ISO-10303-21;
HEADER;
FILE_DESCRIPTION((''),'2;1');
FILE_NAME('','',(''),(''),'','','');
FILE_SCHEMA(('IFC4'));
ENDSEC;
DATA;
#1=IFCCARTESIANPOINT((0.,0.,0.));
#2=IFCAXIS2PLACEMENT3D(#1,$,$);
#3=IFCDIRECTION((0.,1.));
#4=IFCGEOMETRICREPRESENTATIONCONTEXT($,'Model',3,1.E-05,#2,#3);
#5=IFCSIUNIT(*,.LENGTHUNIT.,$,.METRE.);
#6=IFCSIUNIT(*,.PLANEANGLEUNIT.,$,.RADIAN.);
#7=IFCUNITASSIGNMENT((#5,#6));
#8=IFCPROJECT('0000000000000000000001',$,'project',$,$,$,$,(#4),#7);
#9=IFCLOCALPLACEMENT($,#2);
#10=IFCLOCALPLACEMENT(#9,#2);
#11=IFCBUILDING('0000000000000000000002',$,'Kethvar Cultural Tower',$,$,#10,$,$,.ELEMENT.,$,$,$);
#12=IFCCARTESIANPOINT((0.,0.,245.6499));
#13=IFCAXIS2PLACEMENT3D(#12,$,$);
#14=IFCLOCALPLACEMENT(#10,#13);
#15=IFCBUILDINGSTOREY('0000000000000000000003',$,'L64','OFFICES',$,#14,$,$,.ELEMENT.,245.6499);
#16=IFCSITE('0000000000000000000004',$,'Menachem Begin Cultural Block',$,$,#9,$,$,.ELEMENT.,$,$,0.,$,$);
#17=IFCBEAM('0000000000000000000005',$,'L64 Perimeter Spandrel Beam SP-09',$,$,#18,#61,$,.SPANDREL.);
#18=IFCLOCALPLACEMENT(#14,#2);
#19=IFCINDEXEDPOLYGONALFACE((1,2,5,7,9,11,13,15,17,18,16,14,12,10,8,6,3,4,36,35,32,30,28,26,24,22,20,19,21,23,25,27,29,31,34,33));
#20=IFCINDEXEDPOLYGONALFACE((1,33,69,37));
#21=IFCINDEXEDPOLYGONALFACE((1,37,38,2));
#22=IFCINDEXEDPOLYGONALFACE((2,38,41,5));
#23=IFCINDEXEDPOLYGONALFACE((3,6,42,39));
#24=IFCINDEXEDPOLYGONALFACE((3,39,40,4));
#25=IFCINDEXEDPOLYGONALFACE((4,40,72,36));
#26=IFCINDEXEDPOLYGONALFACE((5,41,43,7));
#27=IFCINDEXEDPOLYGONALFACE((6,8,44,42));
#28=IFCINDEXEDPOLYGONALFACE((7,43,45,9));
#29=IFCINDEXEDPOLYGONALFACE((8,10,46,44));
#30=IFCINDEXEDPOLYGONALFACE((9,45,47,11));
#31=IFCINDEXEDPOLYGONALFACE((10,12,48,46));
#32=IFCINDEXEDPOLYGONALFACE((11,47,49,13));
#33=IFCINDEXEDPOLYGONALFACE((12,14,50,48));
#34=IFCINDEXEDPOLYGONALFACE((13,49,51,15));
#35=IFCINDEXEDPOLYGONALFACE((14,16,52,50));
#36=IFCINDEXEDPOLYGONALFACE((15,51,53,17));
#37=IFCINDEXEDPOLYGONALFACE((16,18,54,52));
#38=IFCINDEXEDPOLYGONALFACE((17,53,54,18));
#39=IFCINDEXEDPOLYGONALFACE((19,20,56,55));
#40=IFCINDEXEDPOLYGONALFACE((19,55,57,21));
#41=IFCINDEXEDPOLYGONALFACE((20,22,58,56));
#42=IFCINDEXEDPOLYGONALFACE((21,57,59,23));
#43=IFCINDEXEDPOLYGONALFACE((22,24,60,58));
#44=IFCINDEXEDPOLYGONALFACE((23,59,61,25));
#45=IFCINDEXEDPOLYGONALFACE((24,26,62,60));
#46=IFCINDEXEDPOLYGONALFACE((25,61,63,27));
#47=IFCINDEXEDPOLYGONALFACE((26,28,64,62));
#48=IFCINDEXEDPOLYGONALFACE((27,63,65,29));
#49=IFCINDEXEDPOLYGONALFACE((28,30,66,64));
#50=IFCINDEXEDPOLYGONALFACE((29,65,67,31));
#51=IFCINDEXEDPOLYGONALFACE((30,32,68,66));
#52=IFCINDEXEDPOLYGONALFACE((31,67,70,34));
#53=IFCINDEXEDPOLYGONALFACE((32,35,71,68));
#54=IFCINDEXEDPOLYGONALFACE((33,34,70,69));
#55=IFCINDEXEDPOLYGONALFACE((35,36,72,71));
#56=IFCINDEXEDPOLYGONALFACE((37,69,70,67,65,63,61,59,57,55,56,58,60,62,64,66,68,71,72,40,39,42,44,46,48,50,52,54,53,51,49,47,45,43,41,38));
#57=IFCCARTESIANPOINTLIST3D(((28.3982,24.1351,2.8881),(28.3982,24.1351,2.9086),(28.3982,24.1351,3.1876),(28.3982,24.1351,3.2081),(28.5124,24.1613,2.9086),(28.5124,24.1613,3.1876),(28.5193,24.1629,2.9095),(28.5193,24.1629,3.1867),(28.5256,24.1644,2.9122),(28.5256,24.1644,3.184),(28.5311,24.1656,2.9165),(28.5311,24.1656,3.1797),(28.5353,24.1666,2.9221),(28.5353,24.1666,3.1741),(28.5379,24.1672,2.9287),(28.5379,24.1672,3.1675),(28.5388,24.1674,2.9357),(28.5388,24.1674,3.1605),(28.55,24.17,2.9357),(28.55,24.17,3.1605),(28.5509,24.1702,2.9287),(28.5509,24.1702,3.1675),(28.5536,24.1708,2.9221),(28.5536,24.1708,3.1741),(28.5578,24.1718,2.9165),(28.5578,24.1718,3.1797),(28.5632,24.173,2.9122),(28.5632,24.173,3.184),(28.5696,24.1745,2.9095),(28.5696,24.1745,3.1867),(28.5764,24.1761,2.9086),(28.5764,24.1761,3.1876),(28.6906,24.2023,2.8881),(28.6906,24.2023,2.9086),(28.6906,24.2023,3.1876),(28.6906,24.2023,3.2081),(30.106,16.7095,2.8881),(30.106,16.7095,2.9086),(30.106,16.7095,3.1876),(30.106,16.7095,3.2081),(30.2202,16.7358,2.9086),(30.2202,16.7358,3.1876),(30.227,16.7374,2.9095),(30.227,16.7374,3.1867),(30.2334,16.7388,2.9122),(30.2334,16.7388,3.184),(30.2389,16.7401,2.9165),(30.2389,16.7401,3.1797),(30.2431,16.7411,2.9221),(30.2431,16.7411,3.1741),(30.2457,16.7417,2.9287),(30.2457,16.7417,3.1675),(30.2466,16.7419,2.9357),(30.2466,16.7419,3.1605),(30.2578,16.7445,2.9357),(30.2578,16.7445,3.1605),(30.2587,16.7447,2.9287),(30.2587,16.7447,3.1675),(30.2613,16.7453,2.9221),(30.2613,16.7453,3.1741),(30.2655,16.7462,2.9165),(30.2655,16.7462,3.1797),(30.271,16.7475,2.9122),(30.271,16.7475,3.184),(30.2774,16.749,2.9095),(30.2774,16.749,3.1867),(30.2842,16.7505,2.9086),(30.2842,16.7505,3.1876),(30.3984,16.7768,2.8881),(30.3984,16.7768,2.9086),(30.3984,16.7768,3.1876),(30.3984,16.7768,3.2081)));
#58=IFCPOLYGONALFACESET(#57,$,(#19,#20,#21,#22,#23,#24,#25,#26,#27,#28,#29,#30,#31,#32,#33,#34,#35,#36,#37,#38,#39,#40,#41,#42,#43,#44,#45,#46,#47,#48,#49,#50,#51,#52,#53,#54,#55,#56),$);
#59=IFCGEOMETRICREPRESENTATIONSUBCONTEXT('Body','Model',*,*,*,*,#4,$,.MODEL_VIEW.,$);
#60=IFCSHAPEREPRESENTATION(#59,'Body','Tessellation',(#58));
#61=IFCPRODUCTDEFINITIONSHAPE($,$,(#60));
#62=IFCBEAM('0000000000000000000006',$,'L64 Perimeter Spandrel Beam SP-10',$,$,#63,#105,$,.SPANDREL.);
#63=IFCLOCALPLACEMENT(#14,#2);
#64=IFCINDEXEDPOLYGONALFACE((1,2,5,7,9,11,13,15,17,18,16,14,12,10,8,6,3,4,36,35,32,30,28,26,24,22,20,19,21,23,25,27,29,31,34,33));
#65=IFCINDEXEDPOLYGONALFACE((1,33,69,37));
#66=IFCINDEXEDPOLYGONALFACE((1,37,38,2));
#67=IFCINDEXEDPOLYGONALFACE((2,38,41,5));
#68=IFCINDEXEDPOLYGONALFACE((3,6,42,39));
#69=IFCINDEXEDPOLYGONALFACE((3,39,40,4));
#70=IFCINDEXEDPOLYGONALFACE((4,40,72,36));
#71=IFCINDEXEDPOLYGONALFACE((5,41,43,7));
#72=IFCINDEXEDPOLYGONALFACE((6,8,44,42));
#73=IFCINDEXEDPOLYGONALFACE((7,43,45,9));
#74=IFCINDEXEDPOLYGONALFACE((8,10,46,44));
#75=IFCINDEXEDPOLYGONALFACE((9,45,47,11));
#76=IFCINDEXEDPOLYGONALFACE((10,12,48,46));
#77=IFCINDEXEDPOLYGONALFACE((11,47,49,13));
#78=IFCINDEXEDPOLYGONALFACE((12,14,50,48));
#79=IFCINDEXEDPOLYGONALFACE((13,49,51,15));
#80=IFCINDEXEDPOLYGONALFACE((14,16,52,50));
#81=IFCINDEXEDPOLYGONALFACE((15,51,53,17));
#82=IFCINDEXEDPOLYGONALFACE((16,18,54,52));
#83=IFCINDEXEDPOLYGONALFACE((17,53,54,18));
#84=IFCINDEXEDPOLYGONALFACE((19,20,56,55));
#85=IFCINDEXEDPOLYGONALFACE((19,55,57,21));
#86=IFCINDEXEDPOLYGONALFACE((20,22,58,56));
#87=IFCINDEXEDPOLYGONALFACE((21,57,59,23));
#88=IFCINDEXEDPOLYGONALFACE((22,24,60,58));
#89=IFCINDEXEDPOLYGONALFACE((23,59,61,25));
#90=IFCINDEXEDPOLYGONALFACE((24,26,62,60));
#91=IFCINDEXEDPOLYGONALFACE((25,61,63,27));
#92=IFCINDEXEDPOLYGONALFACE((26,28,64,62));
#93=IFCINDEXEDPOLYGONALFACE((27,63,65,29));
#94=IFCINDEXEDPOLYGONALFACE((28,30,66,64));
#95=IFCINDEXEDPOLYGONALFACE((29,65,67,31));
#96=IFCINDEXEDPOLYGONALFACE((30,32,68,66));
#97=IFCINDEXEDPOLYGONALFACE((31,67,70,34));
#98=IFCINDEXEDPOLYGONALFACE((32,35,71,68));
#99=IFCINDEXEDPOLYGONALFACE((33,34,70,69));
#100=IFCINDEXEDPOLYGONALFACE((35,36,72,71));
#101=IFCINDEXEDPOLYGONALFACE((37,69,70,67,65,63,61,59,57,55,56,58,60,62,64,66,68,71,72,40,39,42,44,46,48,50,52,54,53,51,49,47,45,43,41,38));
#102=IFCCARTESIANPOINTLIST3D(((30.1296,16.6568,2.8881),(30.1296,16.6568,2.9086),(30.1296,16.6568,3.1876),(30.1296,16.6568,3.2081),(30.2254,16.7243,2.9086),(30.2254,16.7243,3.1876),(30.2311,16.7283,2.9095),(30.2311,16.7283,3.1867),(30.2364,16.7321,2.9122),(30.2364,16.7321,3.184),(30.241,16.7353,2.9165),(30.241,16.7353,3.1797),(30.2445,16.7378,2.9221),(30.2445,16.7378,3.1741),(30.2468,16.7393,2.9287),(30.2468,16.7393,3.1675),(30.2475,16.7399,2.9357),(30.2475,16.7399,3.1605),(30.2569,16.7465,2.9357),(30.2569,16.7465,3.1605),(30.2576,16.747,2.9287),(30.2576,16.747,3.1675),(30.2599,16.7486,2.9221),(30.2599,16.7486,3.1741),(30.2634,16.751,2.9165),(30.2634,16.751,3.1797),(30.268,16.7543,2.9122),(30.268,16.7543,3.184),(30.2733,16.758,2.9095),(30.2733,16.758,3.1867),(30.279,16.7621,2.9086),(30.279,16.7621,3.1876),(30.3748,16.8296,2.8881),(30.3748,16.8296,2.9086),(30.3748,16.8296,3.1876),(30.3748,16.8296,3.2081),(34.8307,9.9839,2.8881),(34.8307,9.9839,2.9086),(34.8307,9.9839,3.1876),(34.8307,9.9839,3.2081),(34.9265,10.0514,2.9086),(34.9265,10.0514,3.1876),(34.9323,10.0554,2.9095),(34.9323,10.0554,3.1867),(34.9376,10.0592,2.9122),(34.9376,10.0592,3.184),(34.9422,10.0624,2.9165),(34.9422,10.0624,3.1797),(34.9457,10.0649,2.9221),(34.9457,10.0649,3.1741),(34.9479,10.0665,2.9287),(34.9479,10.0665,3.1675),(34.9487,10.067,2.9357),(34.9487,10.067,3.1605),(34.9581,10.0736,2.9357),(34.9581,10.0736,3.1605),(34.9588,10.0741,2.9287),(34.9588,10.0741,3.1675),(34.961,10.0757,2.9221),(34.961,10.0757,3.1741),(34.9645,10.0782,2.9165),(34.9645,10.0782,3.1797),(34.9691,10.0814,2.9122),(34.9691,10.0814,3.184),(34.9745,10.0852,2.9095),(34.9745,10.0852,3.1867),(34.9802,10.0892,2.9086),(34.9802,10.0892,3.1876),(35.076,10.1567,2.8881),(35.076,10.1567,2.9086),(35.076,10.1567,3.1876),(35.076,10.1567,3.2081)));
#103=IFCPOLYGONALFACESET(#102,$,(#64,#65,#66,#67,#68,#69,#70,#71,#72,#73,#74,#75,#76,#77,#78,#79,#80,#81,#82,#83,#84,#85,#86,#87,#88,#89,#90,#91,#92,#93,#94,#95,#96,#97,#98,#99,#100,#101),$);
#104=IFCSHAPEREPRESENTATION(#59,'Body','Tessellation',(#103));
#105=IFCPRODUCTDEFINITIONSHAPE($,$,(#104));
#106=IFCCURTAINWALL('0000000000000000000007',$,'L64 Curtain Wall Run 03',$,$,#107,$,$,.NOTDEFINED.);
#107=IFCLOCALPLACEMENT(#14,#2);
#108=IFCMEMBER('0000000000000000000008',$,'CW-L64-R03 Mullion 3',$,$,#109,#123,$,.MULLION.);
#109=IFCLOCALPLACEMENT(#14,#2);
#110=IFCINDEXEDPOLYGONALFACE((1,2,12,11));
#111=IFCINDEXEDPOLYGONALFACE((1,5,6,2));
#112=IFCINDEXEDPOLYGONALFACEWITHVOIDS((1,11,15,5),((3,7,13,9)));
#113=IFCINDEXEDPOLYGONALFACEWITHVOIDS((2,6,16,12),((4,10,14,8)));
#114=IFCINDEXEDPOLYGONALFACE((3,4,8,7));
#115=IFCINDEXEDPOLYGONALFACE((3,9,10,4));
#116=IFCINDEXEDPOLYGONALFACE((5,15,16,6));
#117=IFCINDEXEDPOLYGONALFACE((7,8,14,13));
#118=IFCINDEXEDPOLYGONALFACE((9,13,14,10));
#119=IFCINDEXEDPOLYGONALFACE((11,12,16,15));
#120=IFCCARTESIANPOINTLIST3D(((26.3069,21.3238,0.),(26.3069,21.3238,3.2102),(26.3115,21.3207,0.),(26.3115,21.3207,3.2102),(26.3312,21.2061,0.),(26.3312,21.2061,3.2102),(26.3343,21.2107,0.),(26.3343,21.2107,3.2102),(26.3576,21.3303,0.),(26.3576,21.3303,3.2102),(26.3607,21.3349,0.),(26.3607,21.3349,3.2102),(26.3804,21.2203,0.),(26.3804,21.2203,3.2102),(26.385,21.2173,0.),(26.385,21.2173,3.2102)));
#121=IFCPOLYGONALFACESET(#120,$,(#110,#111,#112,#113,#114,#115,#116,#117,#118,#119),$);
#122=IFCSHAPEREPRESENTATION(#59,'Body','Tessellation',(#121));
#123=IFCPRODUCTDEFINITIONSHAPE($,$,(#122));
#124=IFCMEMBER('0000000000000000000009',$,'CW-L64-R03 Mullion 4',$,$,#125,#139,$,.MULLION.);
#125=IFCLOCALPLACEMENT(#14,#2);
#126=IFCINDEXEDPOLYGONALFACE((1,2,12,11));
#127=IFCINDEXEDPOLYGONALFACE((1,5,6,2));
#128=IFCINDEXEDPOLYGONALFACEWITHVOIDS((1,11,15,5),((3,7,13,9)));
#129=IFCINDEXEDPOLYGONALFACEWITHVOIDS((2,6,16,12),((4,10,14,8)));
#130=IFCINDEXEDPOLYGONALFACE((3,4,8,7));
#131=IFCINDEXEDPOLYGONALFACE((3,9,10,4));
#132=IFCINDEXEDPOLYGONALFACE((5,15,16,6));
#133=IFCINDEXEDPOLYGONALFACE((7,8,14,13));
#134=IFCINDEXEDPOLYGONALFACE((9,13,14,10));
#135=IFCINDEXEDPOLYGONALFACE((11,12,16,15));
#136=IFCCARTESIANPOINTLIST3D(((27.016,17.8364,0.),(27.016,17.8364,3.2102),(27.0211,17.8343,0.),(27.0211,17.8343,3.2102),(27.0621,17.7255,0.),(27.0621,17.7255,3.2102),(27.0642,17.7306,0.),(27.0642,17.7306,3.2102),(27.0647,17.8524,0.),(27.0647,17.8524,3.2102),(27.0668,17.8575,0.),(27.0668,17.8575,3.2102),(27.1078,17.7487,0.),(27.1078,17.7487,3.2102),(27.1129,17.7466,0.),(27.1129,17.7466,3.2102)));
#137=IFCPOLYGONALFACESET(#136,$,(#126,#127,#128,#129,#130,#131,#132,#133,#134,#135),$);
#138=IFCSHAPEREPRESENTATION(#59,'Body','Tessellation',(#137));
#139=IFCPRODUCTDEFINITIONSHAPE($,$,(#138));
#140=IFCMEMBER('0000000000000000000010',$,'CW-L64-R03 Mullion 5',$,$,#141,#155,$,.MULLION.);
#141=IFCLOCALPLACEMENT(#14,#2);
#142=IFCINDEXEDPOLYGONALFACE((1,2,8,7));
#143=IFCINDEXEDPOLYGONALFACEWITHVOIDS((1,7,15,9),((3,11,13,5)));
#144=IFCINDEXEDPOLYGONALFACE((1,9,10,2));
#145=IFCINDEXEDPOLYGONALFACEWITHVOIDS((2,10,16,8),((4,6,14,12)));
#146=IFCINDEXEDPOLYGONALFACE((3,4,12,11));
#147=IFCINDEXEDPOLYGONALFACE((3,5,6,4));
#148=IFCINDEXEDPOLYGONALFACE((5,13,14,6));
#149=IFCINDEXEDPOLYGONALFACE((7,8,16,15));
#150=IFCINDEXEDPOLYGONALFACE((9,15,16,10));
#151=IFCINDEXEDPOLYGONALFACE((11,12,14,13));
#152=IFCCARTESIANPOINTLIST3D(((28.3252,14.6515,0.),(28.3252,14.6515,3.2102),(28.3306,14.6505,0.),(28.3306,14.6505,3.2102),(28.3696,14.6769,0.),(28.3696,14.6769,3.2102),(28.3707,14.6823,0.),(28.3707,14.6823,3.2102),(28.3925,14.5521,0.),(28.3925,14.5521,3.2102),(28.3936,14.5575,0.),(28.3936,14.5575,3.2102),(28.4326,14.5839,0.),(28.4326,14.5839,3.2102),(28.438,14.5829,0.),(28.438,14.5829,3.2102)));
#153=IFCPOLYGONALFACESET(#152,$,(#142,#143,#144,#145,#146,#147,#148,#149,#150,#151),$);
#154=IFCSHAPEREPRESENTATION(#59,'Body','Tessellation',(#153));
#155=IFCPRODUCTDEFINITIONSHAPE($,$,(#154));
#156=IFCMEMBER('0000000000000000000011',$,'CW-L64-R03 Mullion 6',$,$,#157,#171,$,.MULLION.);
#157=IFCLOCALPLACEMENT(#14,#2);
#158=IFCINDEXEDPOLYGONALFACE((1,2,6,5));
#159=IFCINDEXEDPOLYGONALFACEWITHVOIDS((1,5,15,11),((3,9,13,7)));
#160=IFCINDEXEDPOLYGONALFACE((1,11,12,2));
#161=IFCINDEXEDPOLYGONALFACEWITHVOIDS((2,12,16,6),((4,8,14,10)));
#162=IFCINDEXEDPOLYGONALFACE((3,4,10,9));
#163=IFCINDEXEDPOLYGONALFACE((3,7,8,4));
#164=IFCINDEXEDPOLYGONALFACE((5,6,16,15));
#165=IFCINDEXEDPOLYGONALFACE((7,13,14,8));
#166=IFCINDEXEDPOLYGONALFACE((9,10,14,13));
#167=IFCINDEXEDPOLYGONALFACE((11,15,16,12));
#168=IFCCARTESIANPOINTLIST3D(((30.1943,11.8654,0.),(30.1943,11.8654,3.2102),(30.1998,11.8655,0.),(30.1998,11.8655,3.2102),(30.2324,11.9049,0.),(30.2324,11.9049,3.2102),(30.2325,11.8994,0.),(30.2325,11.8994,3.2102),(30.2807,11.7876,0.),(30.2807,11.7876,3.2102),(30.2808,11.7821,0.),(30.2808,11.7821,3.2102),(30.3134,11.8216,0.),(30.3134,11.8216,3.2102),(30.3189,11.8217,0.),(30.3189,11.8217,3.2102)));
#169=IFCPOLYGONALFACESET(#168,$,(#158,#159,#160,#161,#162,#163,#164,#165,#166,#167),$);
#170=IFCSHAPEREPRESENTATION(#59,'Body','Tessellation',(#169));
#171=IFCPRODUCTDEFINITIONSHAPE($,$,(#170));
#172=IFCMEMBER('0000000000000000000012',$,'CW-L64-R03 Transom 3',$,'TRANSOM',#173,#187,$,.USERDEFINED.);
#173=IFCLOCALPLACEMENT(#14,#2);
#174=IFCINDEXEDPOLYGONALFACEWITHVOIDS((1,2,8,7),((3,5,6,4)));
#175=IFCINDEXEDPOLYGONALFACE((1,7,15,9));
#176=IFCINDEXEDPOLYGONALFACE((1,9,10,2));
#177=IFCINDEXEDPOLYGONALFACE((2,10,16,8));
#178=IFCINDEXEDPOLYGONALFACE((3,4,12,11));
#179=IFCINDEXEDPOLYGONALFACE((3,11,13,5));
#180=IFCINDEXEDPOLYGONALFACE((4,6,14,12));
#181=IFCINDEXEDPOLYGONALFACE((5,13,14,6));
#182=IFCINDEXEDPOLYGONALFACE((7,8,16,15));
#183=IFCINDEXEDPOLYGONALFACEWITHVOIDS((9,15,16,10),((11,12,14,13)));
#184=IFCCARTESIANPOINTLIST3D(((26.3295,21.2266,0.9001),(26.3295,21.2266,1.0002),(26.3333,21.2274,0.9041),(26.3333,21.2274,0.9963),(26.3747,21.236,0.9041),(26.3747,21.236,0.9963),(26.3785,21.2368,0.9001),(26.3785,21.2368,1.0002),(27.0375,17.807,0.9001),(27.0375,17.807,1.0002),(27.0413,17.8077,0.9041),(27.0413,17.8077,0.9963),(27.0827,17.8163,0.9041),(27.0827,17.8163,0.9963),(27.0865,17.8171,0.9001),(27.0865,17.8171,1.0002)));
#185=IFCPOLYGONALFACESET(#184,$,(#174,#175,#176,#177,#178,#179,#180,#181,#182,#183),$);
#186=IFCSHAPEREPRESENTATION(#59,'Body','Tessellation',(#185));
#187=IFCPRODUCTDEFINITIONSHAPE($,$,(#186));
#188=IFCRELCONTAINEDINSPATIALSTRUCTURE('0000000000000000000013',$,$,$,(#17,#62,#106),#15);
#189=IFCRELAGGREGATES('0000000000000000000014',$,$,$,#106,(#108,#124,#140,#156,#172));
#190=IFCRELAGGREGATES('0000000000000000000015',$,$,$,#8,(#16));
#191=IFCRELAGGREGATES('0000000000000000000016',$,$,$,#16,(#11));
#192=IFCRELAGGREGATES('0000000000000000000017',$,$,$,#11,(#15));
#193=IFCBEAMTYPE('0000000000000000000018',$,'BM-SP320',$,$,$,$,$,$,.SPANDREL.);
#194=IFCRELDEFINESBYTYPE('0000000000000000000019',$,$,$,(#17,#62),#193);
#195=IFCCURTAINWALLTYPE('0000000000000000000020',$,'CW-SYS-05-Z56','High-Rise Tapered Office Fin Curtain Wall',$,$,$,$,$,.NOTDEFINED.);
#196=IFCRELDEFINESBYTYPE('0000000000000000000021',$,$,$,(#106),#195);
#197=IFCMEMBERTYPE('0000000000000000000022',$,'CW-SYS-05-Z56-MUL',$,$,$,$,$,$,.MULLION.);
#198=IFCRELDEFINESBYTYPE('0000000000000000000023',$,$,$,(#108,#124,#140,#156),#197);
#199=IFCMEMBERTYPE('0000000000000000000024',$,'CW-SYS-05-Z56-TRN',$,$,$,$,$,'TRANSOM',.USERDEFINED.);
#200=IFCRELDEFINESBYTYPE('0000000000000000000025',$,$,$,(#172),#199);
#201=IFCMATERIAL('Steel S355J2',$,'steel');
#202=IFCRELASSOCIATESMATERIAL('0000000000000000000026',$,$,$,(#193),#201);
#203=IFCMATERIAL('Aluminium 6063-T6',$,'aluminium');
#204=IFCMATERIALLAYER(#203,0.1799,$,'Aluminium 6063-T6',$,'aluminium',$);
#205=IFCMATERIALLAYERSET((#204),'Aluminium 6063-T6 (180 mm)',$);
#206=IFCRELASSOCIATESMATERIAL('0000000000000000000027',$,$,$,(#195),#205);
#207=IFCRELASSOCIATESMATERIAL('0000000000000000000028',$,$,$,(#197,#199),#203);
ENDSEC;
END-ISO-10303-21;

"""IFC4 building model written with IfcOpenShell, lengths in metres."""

from ifc_helpers import new_model, si_unit, direction, frame, origin, origin_2d, place, context, subcontext, project, spatial, hollow_rectangle, i_section, extrude, source, transform, mapped, material, layer, layer_set, material_profile, profile_set, type_object, element, aggregate, save


model = new_model("IFC4")

# Units and contexts
model_context = context("Model", 3, precision=1e-05, world=origin(), true_north=direction((0.0, 1.0)))
body_context = subcontext(model_context, "Body", "Model", "MODEL_VIEW")
ifc_project = project(units=[si_unit("LENGTHUNIT", "METRE"), si_unit("PLANEANGLEUNIT", "RADIAN")], contexts=[model_context])

# Site, building, storey
site_placement = place(None, origin())
site = spatial("IfcSite", under=ifc_project, at=site_placement, Name="Menachem Begin Cultural Block", CompositionType="ELEMENT", RefElevation=0.0)
building_placement = place(site_placement, origin())
building = spatial("IfcBuilding", under=site, at=building_placement, Name="Kethvar Cultural Tower", CompositionType="ELEMENT")
storey_placement = place(building_placement, frame((0.0, 0.0, 245.6499)))
storey = spatial("IfcBuildingStorey", under=building, at=storey_placement, Name="L64", Description="OFFICES", CompositionType="ELEMENT", Elevation=245.6499)

# Beams
ifc_material_1 = material(Name="Steel S355J2", Category="steel")
ifc_material_profile_1 = material_profile(ifc_material_1, i_section(OverallWidth=0.3, OverallDepth=0.3201, WebThickness=0.0115, FlangeThickness=0.0205, FilletRadius=0.0271, at=origin_2d()), Name="Steel S355J2 — HEB320")
ifc_profile_set_1 = profile_set([ifc_material_profile_1], Name="Steel S355J2 — HEB320")
beam_type = type_object("IfcBeamType", Name="BM-SP320", PredefinedType="SPANDREL", material=ifc_profile_set_1)
shared_shape_1 = source(origin(), body_context, "Body", "SweptSolid", [
    extrude(i_section(OverallWidth=0.3, OverallDepth=0.3201, WebThickness=0.0115, FlangeThickness=0.0205, FilletRadius=0.0271, at=origin_2d()), origin(), (0.0, 0.0, 1.0), 7.6194),
])
beam_1_placement = place(storey_placement, frame((28.5444, 24.1687, 3.0481), z_axis=(0.224134, -0.974558, 0.0), x_axis=(0.974558, 0.224134, 0.0)))
element("IfcBeam", 1, at=beam_1_placement, inside=storey, type_object=beam_type, Name="L64 Perimeter Spandrel Beam SP-09", PredefinedType="SPANDREL", context=body_context, shape_type="MappedRepresentation", body=[
    mapped(shared_shape_1, transform((0.0, 0.0, 0.0), scale=1.0)),
])
shared_shape_2 = source(origin(), body_context, "Body", "SweptSolid", [
    extrude(i_section(OverallWidth=0.3, OverallDepth=0.3201, WebThickness=0.0115, FlangeThickness=0.0205, FilletRadius=0.0271, at=origin_2d()), origin(), (0.0, 0.0, 1.0), 8.1626),
])
beam_2_placement = place(storey_placement, frame((30.2522, 16.7432, 3.0481), z_axis=(0.575941, -0.817491, 0.0), x_axis=(0.817491, 0.575941, 0.0)))
element("IfcBeam", 2, at=beam_2_placement, inside=storey, type_object=beam_type, Name="L64 Perimeter Spandrel Beam SP-10", PredefinedType="SPANDREL", context=body_context, shape_type="MappedRepresentation", body=[
    mapped(shared_shape_2, transform((0.0, 0.0, 0.0), scale=1.0)),
])

# Curtain wall, members
ifc_material_2 = material(Name="Aluminium 6063-T6", Category="aluminium")
ifc_layer_1 = layer(ifc_material_2, 0.1799, Name="Aluminium 6063-T6", Category="aluminium")
ifc_layer_set_1 = layer_set([ifc_layer_1], Name="Aluminium 6063-T6 (180 mm)")
curtain_wall_type = type_object("IfcCurtainWallType", Name="CW-SYS-05-Z56", Description="High-Rise Tapered Office Fin Curtain Wall", PredefinedType="NOTDEFINED", material=ifc_layer_set_1)
curtain_wall_placement = place(storey_placement, origin())
curtain_wall = element("IfcCurtainWall", 3, at=curtain_wall_placement, inside=storey, type_object=curtain_wall_type, Name="L64 Curtain Wall Run 03", PredefinedType="NOTDEFINED")
ifc_material_profile_2 = material_profile(ifc_material_2, hollow_rectangle(XDim=0.0549, YDim=0.1201, WallThickness=0.0039, at=origin_2d()), Name="Aluminium 6063-T6 — RHS120x55x4")
ifc_profile_set_2 = profile_set([ifc_material_profile_2], Name="Aluminium 6063-T6 — RHS120x55x4")
member_type_1 = type_object("IfcMemberType", Name="CW-SYS-05-Z56-MUL", PredefinedType="MULLION", material=ifc_profile_set_2)
shared_shape_3 = source(origin(), body_context, "Body", "SweptSolid", [
    extrude(hollow_rectangle(XDim=0.0549, YDim=0.1201, WallThickness=0.0039, at=origin_2d()), origin(), (0.0, 0.0, 1.0), 3.2102),
])
member_1_placement = place(storey_placement, frame((26.3459, 21.2705, 0.0), z_axis=(0.0, 0.0, 1.0), x_axis=(0.97923, 0.202753, 0.0)))
member_1 = element("IfcMember", 4, at=member_1_placement, type_object=member_type_1, Name="CW-L64-R03 Mullion 3", PredefinedType="MULLION", context=body_context, shape_type="MappedRepresentation", body=[
    mapped(shared_shape_3, transform((0.0, 0.0, 0.0), scale=1.0)),
])
member_2_placement = place(storey_placement, frame((27.0645, 17.7915, 0.0), z_axis=(0.0, 0.0, 1.0), x_axis=(0.923425, 0.38378, 0.0)))
member_2 = element("IfcMember", 5, at=member_2_placement, type_object=member_type_1, Name="CW-L64-R03 Mullion 4", PredefinedType="MULLION", context=body_context, shape_type="MappedRepresentation", body=[
    mapped(shared_shape_3, transform((0.0, 0.0, 0.0), scale=1.0)),
])
member_3_placement = place(storey_placement, frame((28.3816, 14.6172, 0.0), z_axis=(0.0, 0.0, 1.0), x_axis=(0.82807, 0.560625, 0.0)))
member_3 = element("IfcMember", 6, at=member_3_placement, type_object=member_type_1, Name="CW-L64-R03 Mullion 5", PredefinedType="MULLION", context=body_context, shape_type="MappedRepresentation", body=[
    mapped(shared_shape_3, transform((0.0, 0.0, 0.0), scale=1.0)),
])
member_4_placement = place(storey_placement, frame((30.2566, 11.8435, 0.0), z_axis=(0.0, 0.0, 1.0), x_axis=(0.693289, 0.72066, 0.0)))
member_4 = element("IfcMember", 7, at=member_4_placement, type_object=member_type_1, Name="CW-L64-R03 Mullion 6", PredefinedType="MULLION", context=body_context, shape_type="MappedRepresentation", body=[
    mapped(shared_shape_3, transform((0.0, 0.0, 0.0), scale=1.0)),
])
ifc_material_profile_3 = material_profile(ifc_material_2, hollow_rectangle(XDim=0.05, YDim=0.1001, WallThickness=0.0039, at=origin_2d()), Name="Aluminium 6063-T6 — RHS100x50x4")
ifc_profile_set_3 = profile_set([ifc_material_profile_3], Name="Aluminium 6063-T6 — RHS100x50x4")
member_type_2 = type_object("IfcMemberType", Name="CW-SYS-05-Z56-TRN", ElementType="TRANSOM", PredefinedType="USERDEFINED", material=ifc_profile_set_3)
shared_shape_4 = source(origin(), body_context, "Body", "SweptSolid", [
    extrude(hollow_rectangle(XDim=0.05, YDim=0.1001, WallThickness=0.0039, at=origin_2d()), origin(), (0.0, 0.0, 1.0), 3.4922),
])
member_5_placement = place(storey_placement, frame((26.354, 21.2317, 0.9502), z_axis=(0.20274, -0.979233, 0.0), x_axis=(0.979233, 0.20274, 0.0)))
member_5 = element("IfcMember", 8, at=member_5_placement, type_object=member_type_2, Name="CW-L64-R03 Transom 3", ObjectType="TRANSOM", PredefinedType="USERDEFINED", context=body_context, shape_type="MappedRepresentation", body=[
    mapped(shared_shape_4, transform((0.0, 0.0, 0.0), scale=1.0)),
])
aggregate(curtain_wall, [member_1, member_2, member_3, member_4, member_5])

save(model, "model.ifc")
